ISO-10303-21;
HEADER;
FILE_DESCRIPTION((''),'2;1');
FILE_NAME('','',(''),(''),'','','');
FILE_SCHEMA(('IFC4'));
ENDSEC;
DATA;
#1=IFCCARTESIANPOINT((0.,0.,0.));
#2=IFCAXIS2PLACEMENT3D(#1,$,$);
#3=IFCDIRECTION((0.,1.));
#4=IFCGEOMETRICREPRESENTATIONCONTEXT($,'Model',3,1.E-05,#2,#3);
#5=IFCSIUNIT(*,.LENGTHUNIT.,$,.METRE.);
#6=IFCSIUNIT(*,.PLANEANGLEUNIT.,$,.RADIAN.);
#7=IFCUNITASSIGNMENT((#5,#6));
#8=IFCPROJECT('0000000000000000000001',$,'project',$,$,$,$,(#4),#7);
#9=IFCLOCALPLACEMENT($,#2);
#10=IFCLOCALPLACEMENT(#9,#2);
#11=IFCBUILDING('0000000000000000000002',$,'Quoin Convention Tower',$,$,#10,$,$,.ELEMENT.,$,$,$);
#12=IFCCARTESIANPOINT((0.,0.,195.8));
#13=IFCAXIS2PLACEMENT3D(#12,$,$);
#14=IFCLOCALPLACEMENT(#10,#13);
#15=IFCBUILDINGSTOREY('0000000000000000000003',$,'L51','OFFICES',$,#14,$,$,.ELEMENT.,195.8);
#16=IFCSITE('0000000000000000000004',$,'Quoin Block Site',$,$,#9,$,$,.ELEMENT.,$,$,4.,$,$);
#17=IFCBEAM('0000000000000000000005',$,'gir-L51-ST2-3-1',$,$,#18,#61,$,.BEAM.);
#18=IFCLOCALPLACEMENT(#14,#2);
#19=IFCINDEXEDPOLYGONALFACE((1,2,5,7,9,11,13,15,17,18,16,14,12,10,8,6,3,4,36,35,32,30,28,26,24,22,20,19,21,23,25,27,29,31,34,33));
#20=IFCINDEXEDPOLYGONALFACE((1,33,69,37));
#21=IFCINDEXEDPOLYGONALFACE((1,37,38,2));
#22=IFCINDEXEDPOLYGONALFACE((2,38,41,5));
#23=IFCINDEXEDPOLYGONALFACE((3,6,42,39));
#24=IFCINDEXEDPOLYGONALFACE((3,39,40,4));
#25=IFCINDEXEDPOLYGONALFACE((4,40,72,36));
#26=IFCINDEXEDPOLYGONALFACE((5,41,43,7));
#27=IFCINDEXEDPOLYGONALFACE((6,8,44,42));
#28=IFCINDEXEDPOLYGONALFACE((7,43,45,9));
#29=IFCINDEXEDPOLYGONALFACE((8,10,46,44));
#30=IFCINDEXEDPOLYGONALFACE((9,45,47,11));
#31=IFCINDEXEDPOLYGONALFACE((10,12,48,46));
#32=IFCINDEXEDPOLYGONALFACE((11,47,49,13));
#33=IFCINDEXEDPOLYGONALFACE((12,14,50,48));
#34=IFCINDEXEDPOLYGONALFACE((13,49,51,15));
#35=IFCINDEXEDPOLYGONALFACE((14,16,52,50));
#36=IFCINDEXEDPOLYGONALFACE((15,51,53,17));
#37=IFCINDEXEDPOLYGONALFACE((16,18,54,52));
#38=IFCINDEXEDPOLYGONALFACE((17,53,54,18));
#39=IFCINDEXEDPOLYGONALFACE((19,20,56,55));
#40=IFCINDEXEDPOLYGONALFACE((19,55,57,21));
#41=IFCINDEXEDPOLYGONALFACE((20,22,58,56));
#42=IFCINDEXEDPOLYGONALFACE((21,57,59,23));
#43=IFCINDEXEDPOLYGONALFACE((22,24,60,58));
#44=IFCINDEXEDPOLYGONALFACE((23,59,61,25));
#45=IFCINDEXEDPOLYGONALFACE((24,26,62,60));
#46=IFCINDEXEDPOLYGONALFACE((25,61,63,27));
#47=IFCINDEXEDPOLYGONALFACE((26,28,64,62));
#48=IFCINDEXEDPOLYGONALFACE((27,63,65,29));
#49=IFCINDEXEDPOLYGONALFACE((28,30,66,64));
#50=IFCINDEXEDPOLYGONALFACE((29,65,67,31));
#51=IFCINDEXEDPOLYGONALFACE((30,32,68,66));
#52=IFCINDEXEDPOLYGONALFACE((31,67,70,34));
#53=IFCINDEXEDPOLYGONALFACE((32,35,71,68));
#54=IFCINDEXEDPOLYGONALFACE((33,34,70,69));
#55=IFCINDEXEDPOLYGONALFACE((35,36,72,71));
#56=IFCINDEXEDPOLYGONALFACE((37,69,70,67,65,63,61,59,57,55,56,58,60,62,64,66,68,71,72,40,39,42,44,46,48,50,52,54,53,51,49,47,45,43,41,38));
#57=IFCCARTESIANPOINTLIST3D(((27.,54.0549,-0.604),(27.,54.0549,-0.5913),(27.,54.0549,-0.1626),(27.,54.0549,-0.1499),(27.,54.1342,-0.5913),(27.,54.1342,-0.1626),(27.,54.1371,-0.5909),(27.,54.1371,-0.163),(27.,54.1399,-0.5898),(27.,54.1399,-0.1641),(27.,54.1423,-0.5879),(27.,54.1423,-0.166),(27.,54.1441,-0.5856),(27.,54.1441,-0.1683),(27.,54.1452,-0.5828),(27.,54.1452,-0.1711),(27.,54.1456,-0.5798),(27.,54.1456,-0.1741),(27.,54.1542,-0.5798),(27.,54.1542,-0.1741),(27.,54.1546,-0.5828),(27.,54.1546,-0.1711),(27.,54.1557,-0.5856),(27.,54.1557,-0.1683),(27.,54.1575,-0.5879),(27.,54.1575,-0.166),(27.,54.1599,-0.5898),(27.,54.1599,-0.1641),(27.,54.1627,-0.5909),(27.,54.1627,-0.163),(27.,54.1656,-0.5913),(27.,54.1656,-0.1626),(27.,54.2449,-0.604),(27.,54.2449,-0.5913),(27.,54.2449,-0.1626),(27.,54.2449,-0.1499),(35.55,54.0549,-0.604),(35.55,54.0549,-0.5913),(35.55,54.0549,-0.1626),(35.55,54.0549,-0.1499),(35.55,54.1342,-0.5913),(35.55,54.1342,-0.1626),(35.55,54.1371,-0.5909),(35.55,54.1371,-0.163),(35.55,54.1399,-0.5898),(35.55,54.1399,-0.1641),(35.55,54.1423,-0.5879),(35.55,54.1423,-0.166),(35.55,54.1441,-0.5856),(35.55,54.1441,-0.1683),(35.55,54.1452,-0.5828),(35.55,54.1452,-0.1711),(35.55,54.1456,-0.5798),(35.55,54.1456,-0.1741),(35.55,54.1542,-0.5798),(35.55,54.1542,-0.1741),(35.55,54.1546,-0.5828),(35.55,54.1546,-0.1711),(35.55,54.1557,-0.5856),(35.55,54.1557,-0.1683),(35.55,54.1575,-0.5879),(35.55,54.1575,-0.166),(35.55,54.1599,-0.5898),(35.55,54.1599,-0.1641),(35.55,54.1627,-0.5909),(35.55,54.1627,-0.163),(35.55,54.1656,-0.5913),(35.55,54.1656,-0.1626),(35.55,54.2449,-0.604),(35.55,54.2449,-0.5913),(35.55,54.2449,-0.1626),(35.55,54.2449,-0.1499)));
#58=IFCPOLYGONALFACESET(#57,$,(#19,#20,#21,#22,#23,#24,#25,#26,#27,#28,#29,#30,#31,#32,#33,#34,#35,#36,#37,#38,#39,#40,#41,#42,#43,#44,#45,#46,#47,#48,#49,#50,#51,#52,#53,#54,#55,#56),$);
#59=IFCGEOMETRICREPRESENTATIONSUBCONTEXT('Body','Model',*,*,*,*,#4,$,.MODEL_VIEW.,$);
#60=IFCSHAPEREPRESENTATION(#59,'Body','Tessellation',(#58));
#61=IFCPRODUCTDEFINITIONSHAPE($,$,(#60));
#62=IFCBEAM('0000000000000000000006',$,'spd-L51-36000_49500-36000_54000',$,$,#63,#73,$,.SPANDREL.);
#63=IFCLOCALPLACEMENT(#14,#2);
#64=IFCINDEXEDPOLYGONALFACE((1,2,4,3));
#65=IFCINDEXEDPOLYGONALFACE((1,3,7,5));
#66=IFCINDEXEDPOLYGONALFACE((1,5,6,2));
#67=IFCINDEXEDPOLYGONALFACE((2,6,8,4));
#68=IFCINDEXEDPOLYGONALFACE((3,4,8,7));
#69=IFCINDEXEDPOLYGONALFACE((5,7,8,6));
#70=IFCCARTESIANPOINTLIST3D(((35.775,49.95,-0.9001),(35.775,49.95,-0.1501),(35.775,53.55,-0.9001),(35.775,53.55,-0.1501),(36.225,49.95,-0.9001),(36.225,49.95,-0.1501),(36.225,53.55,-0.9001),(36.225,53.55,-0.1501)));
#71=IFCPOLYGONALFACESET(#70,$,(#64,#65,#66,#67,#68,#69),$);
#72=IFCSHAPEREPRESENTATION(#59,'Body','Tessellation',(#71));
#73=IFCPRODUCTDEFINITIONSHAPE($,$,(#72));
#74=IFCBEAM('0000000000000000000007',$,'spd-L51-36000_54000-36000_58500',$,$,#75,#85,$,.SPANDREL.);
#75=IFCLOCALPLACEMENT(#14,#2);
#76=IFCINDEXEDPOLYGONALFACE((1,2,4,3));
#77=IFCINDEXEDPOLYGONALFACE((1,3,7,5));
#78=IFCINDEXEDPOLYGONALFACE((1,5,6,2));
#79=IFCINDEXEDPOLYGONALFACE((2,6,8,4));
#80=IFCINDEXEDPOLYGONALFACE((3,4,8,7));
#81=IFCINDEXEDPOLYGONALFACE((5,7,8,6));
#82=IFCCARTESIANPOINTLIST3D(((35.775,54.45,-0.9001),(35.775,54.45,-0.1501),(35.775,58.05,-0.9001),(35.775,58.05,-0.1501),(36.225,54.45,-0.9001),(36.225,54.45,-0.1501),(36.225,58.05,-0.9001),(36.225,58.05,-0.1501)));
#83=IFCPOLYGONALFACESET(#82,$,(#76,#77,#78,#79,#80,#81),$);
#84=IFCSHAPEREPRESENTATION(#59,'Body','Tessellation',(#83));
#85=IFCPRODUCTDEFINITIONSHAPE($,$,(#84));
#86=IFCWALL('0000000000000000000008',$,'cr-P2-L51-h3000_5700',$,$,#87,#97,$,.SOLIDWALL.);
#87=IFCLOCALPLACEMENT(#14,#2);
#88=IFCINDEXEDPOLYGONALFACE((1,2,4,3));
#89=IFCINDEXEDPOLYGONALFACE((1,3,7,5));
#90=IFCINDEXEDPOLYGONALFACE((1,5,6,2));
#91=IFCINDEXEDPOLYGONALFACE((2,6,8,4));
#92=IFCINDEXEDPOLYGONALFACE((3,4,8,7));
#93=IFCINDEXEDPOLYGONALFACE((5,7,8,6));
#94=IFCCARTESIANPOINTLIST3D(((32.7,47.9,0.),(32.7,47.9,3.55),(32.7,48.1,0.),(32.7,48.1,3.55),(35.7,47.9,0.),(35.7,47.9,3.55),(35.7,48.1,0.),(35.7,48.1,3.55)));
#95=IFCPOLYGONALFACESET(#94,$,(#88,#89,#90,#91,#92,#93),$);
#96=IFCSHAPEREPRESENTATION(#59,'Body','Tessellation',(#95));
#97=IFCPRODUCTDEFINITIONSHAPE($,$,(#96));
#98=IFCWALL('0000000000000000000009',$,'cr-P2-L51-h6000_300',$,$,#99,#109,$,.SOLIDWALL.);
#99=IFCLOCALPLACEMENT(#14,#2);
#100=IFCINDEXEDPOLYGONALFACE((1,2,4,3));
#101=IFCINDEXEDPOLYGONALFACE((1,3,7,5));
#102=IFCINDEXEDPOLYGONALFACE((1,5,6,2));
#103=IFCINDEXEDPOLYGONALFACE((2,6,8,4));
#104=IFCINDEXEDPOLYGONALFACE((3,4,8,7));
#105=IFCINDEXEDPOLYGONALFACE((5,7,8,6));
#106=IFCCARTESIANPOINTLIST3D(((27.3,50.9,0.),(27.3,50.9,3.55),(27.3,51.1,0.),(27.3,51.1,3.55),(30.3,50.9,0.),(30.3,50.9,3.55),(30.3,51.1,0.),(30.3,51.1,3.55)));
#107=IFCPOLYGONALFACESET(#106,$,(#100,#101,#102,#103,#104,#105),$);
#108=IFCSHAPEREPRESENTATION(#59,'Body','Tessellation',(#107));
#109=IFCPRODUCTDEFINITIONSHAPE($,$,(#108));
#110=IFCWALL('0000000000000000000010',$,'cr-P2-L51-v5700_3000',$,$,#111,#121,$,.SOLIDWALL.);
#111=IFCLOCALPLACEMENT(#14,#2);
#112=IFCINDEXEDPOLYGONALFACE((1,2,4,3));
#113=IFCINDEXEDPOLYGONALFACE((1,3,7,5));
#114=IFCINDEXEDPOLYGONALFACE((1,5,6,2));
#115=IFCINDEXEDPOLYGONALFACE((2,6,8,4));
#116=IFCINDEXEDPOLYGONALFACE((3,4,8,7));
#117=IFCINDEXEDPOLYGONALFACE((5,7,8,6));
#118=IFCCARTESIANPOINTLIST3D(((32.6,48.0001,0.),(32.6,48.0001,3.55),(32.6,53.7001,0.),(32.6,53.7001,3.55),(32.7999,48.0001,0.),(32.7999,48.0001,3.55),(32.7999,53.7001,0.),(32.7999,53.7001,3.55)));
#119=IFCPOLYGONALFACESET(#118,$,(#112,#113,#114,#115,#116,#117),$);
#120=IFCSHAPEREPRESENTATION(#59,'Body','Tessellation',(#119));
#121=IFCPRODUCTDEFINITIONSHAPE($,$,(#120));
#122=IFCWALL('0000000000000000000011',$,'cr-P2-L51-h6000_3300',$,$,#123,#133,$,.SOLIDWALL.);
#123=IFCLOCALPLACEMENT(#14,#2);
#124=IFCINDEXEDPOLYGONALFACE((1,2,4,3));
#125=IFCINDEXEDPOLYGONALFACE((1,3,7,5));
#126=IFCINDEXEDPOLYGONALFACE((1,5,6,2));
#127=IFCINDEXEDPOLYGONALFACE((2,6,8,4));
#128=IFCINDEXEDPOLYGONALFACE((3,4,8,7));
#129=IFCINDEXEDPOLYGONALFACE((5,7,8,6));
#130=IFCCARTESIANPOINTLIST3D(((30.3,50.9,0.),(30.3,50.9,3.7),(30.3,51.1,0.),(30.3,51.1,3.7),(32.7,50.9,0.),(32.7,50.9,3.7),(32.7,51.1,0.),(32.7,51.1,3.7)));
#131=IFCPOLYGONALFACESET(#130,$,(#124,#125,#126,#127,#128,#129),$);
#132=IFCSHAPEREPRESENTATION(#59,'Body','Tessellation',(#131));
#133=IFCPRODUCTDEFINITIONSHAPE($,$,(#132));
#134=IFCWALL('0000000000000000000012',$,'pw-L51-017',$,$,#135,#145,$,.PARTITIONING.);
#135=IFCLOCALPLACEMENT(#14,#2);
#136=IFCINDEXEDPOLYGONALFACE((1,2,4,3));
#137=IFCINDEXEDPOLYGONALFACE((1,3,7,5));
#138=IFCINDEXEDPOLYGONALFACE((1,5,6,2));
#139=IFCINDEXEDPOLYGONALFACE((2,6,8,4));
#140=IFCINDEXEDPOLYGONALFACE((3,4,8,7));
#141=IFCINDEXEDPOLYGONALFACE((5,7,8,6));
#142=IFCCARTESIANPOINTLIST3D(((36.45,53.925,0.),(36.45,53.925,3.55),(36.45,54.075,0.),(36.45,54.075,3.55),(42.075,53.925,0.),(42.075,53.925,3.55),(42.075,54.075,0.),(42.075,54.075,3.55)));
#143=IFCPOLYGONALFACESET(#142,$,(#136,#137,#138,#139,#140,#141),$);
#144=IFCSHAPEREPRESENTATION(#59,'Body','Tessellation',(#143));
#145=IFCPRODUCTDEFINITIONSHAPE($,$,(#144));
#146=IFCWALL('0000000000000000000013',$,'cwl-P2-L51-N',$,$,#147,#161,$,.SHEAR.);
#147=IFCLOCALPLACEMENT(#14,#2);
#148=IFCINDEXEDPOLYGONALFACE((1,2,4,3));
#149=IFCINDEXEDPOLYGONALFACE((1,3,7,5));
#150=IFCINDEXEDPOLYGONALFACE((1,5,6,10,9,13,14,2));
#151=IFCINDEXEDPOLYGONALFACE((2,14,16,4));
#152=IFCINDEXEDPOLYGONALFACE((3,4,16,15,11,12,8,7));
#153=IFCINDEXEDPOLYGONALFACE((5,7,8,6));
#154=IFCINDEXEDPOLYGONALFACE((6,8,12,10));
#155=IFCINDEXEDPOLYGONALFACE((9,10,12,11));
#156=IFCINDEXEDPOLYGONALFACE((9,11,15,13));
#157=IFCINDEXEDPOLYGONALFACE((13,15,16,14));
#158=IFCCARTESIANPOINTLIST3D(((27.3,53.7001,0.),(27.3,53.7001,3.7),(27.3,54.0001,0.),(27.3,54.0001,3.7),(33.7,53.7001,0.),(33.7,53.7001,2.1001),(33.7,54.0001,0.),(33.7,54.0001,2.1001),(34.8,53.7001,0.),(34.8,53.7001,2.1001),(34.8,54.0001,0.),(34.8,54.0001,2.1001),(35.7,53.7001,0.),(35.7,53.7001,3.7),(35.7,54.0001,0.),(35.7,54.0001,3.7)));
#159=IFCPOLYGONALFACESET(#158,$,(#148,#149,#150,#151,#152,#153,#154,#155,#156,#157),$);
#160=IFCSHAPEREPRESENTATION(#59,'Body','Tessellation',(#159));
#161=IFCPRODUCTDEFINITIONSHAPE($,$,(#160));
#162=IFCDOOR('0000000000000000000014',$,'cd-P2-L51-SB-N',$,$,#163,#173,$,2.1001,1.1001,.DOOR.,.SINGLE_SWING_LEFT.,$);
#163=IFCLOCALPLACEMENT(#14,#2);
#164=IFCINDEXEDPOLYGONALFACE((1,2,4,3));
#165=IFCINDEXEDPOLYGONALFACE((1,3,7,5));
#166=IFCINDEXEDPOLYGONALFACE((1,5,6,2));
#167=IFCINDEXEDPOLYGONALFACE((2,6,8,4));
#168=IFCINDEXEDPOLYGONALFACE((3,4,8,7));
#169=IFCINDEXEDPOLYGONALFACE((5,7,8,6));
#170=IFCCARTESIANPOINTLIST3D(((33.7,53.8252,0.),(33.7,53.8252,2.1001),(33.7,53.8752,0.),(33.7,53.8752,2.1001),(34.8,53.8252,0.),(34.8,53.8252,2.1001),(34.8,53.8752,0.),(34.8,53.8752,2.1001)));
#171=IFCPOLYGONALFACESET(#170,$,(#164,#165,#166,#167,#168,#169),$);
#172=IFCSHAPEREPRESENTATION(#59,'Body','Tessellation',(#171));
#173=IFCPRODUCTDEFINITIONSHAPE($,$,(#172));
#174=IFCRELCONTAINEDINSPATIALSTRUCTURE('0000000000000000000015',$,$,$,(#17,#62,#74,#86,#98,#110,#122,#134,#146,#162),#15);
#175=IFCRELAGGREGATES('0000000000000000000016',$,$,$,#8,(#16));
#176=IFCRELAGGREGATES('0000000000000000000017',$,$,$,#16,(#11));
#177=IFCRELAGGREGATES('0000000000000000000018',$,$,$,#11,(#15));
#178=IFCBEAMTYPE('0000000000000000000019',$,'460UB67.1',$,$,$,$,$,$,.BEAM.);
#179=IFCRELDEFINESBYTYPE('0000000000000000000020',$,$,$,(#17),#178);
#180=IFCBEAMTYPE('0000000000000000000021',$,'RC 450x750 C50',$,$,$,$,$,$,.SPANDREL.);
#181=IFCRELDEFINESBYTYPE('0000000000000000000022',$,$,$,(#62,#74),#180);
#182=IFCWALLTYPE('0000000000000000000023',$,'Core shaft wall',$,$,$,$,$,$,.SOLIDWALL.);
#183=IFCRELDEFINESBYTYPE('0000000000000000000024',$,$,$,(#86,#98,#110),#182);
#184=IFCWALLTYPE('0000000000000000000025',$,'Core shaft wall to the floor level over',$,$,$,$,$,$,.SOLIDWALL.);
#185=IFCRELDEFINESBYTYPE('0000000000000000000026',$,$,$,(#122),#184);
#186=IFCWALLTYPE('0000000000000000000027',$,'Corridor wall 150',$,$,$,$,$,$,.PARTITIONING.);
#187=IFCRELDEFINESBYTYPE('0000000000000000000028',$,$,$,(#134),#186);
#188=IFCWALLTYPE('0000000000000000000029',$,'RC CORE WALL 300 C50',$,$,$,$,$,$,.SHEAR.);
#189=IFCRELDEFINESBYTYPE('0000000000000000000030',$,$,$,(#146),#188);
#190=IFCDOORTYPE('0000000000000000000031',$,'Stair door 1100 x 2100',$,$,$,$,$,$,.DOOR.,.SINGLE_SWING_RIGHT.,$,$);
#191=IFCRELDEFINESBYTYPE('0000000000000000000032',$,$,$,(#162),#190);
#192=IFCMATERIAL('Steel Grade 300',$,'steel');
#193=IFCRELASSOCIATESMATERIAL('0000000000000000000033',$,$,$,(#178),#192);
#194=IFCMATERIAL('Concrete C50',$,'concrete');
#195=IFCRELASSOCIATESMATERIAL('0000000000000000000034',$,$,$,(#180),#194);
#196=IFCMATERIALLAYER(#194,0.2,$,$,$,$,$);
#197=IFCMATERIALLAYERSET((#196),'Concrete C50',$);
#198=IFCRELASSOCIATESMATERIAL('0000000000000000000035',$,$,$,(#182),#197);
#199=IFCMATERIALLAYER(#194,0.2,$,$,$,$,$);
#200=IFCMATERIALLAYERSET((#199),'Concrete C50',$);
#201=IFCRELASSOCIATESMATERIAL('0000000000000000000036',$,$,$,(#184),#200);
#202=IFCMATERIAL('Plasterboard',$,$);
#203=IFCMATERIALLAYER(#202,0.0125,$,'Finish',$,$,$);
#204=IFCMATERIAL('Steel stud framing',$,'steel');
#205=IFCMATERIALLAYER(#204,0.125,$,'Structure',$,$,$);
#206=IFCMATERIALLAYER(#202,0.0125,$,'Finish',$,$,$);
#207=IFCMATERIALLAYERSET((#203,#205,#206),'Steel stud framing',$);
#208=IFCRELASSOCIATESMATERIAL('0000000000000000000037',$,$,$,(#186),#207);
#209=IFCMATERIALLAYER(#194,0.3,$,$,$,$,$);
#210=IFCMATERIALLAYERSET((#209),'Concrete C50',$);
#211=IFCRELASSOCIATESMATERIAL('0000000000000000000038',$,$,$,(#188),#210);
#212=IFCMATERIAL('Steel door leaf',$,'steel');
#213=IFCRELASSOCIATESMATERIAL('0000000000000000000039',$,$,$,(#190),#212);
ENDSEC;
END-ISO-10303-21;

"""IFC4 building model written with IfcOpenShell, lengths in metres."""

from ifc_helpers import new_model, si_unit, direction, frame, frame_2d, origin, origin_2d, place, context, subcontext, project, spatial, rectangle, i_section, extrude, material, layer, layer_set, material_profile, profile_set, type_object, element, fill, save


model = new_model("IFC4")

# Units and contexts
model_context = context("Model", 3, precision=1e-05, world=origin(), true_north=direction((0.0, 1.0)))
body_context = subcontext(model_context, "Body", "Model", "MODEL_VIEW")
ifc_project = project(units=[si_unit("LENGTHUNIT", "METRE"), si_unit("PLANEANGLEUNIT", "RADIAN")], contexts=[model_context])

# Site, building, storey
site_placement = place(None, origin())
site = spatial("IfcSite", under=ifc_project, at=site_placement, Name="Quoin Block Site", CompositionType="ELEMENT", RefElevation=4.0)
building_placement = place(site_placement, origin())
building = spatial("IfcBuilding", under=site, at=building_placement, Name="Quoin Convention Tower", CompositionType="ELEMENT")
storey_placement = place(building_placement, frame((0.0, 0.0, 195.8)))
storey = spatial("IfcBuildingStorey", under=building, at=storey_placement, Name="L51", Description="OFFICES", CompositionType="ELEMENT", Elevation=195.8)

# Shared definitions
ifc_material_1 = material(Name="Concrete C50", Category="concrete")

# Beams
ifc_material_2 = material(Name="Steel Grade 300", Category="steel")
ifc_material_profile_1 = material_profile(ifc_material_2, i_section(OverallWidth=0.1899, OverallDepth=0.4541, WebThickness=0.0085, FlangeThickness=0.0127, FilletRadius=0.0115, at=origin_2d()), Name="460UB67.1")
ifc_profile_set_1 = profile_set([ifc_material_profile_1], Name="Steel Grade 300")
beam_type_1 = type_object("IfcBeamType", Name="460UB67.1", PredefinedType="BEAM", material=ifc_profile_set_1)
beam_1_placement = place(storey_placement, frame((27.0, 54.1499, -0.377), z_axis=(1.0, 0.0, 0.0), x_axis=(0.0, 1.0, 0.0)))
element("IfcBeam", 1, at=beam_1_placement, inside=storey, type_object=beam_type_1, Name="gir-L51-ST2-3-1", PredefinedType="BEAM", context=body_context, shape_type="SweptSolid", body=[
    extrude(i_section(OverallWidth=0.1899, OverallDepth=0.4541, WebThickness=0.0085, FlangeThickness=0.0127, FilletRadius=0.0115, at=origin_2d()), origin(), (0.0, 0.0, 1.0), 8.55),
])
ifc_material_profile_2 = material_profile(ifc_material_1, rectangle(XDim=0.45, YDim=0.75, at=origin_2d()), Name="RC 450x750")
ifc_profile_set_2 = profile_set([ifc_material_profile_2], Name="Concrete C50")
beam_type_2 = type_object("IfcBeamType", Name="RC 450x750 C50", PredefinedType="SPANDREL", material=ifc_profile_set_2)
for number, where, z_axis, x_axis, name in (
    (2, (36.0, 49.95, -0.5251), (0.0, 1.0, 0.0), (-1.0, 0.0, 0.0), "spd-L51-36000_49500-36000_54000"),
    (3, (36.0, 54.45, -0.5251), (0.0, 1.0, 0.0), (-1.0, 0.0, 0.0), "spd-L51-36000_54000-36000_58500"),
):
    element("IfcBeam", number, at=place(storey_placement, frame(where, z_axis=z_axis, x_axis=x_axis)), inside=storey, type_object=beam_type_2, Name=name, PredefinedType="SPANDREL", context=body_context, shape_type="SweptSolid", body=[
        extrude(rectangle(XDim=0.45, YDim=0.75, at=origin_2d()), origin(), (0.0, 0.0, 1.0), 3.6001),
    ])

# Walls
ifc_layer_1 = layer(ifc_material_1, 0.2)
ifc_layer_set_1 = layer_set([ifc_layer_1], Name="Concrete C50")
wall_type_1 = type_object("IfcWallType", Name="Core shaft wall", PredefinedType="SOLIDWALL", material=ifc_layer_set_1)
for number, where, z_axis, x_axis, name in (
    (4, (32.7, 48.0, 0.0), (0.0, 0.0, 1.0), (1.0, 0.0, 0.0), "cr-P2-L51-h3000_5700"),
    (5, (27.3, 51.0, 0.0), (0.0, 0.0, 1.0), (1.0, 0.0, 0.0), "cr-P2-L51-h6000_300"),
):
    element("IfcWall", number, at=place(storey_placement, frame(where, z_axis=z_axis, x_axis=x_axis)), inside=storey, type_object=wall_type_1, Name=name, PredefinedType="SOLIDWALL", context=body_context, shape_type="SweptSolid", body=[
        extrude(rectangle(XDim=3.0, YDim=0.2, at=frame_2d((1.5, 0.0))), origin(), (0.0, 0.0, 1.0), 3.55),
    ])
wall_1_placement = place(storey_placement, frame((32.7, 48.0, 0.0), z_axis=(0.0, 0.0, 1.0), x_axis=(0.0, 1.0, 0.0)))
element("IfcWall", 6, at=wall_1_placement, inside=storey, type_object=wall_type_1, Name="cr-P2-L51-v5700_3000", PredefinedType="SOLIDWALL", context=body_context, shape_type="SweptSolid", body=[
    extrude(rectangle(XDim=5.7, YDim=0.2, at=frame_2d((2.8501, 0.0))), origin(), (0.0, 0.0, 1.0), 3.55),
])
ifc_layer_2 = layer(ifc_material_1, 0.2)
ifc_layer_set_2 = layer_set([ifc_layer_2], Name="Concrete C50")
wall_type_2 = type_object("IfcWallType", Name="Core shaft wall to the floor level over", PredefinedType="SOLIDWALL", material=ifc_layer_set_2)
wall_2_placement = place(storey_placement, frame((30.3, 51.0, 0.0), z_axis=(0.0, 0.0, 1.0), x_axis=(1.0, 0.0, 0.0)))
element("IfcWall", 7, at=wall_2_placement, inside=storey, type_object=wall_type_2, Name="cr-P2-L51-h6000_3300", PredefinedType="SOLIDWALL", context=body_context, shape_type="SweptSolid", body=[
    extrude(rectangle(XDim=2.3999, YDim=0.2, at=frame_2d((1.2, 0.0))), origin(), (0.0, 0.0, 1.0), 3.7),
])
ifc_material_3 = material(Name="Plasterboard")
ifc_layer_3 = layer(ifc_material_3, 0.0125, Name="Finish")
ifc_material_4 = material(Name="Steel stud framing", Category="steel")
ifc_layer_4 = layer(ifc_material_4, 0.125, Name="Structure")
ifc_layer_5 = layer(ifc_material_3, 0.0125, Name="Finish")
ifc_layer_set_3 = layer_set([ifc_layer_3, ifc_layer_4, ifc_layer_5], Name="Steel stud framing")
wall_type_3 = type_object("IfcWallType", Name="Corridor wall 150", PredefinedType="PARTITIONING", material=ifc_layer_set_3)
wall_3_placement = place(storey_placement, frame((36.45, 54.0, 0.0), z_axis=(0.0, 0.0, 1.0), x_axis=(1.0, 0.0, 0.0)))
element("IfcWall", 8, at=wall_3_placement, inside=storey, type_object=wall_type_3, Name="pw-L51-017", PredefinedType="PARTITIONING", context=body_context, shape_type="SweptSolid", body=[
    extrude(rectangle(XDim=5.625, YDim=0.1499, at=frame_2d((2.8125, 0.0))), origin(), (0.0, 0.0, 1.0), 3.55),
])

# Wall, opening, door
ifc_layer_6 = layer(ifc_material_1, 0.3)
ifc_layer_set_4 = layer_set([ifc_layer_6], Name="Concrete C50")
wall_type_4 = type_object("IfcWallType", Name="RC CORE WALL 300 C50", PredefinedType="SHEAR", material=ifc_layer_set_4)
wall_4_placement = place(storey_placement, frame((27.3, 53.8501, 0.0), z_axis=(0.0, 0.0, 1.0), x_axis=(1.0, 0.0, 0.0)))
wall_4 = element("IfcWall", 9, at=wall_4_placement, inside=storey, type_object=wall_type_4, Name="cwl-P2-L51-N", PredefinedType="SHEAR", context=body_context, shape_type="SweptSolid", body=[
    extrude(rectangle(XDim=8.3999, YDim=0.3, at=frame_2d((4.2, 0.0))), origin(), (0.0, 0.0, 1.0), 3.7),
])
opening_1_placement = place(wall_4_placement, frame((6.3999, 0.0, 0.0)))
opening_1 = element("IfcOpeningElement", 10, at=opening_1_placement, cuts=wall_4, PredefinedType="OPENING", context=body_context, shape_type="SweptSolid", body=[
    extrude(rectangle(XDim=1.1001, YDim=2.1001, at=frame_2d((0.55, 1.05))), frame((0.0, 0.1599, 0.0), z_axis=(0.0, -1.0, 0.0), x_axis=(1.0, 0.0, 0.0)), (0.0, 0.0, 1.0), 0.3201),
])
ifc_material_5 = material(Name="Steel door leaf", Category="steel")
door_type_1 = type_object("IfcDoorType", Name="Stair door 1100 x 2100", OperationType="SINGLE_SWING_RIGHT", PredefinedType="DOOR", material=ifc_material_5)
door_1_placement = place(opening_1_placement, frame((1.1001, 0.0, 0.0), z_axis=(0.0, 0.0, 1.0), x_axis=(-1.0, 0.0, 0.0)))
door_1 = element("IfcDoor", 11, at=door_1_placement, inside=storey, type_object=door_type_1, Name="cd-P2-L51-SB-N", OperationType="SINGLE_SWING_LEFT", OverallHeight=2.1001, OverallWidth=1.1001, PredefinedType="DOOR", context=body_context, shape_type="SweptSolid", body=[
    extrude(rectangle(XDim=1.1001, YDim=2.1001, at=frame_2d((0.55, 1.05))), frame((0.0, 0.0249, 0.0), z_axis=(0.0, -1.0, 0.0), x_axis=(1.0, 0.0, 0.0)), (0.0, 0.0, 1.0), 0.05),
])
fill(opening_1, door_1)

save(model, "model.ifc")
